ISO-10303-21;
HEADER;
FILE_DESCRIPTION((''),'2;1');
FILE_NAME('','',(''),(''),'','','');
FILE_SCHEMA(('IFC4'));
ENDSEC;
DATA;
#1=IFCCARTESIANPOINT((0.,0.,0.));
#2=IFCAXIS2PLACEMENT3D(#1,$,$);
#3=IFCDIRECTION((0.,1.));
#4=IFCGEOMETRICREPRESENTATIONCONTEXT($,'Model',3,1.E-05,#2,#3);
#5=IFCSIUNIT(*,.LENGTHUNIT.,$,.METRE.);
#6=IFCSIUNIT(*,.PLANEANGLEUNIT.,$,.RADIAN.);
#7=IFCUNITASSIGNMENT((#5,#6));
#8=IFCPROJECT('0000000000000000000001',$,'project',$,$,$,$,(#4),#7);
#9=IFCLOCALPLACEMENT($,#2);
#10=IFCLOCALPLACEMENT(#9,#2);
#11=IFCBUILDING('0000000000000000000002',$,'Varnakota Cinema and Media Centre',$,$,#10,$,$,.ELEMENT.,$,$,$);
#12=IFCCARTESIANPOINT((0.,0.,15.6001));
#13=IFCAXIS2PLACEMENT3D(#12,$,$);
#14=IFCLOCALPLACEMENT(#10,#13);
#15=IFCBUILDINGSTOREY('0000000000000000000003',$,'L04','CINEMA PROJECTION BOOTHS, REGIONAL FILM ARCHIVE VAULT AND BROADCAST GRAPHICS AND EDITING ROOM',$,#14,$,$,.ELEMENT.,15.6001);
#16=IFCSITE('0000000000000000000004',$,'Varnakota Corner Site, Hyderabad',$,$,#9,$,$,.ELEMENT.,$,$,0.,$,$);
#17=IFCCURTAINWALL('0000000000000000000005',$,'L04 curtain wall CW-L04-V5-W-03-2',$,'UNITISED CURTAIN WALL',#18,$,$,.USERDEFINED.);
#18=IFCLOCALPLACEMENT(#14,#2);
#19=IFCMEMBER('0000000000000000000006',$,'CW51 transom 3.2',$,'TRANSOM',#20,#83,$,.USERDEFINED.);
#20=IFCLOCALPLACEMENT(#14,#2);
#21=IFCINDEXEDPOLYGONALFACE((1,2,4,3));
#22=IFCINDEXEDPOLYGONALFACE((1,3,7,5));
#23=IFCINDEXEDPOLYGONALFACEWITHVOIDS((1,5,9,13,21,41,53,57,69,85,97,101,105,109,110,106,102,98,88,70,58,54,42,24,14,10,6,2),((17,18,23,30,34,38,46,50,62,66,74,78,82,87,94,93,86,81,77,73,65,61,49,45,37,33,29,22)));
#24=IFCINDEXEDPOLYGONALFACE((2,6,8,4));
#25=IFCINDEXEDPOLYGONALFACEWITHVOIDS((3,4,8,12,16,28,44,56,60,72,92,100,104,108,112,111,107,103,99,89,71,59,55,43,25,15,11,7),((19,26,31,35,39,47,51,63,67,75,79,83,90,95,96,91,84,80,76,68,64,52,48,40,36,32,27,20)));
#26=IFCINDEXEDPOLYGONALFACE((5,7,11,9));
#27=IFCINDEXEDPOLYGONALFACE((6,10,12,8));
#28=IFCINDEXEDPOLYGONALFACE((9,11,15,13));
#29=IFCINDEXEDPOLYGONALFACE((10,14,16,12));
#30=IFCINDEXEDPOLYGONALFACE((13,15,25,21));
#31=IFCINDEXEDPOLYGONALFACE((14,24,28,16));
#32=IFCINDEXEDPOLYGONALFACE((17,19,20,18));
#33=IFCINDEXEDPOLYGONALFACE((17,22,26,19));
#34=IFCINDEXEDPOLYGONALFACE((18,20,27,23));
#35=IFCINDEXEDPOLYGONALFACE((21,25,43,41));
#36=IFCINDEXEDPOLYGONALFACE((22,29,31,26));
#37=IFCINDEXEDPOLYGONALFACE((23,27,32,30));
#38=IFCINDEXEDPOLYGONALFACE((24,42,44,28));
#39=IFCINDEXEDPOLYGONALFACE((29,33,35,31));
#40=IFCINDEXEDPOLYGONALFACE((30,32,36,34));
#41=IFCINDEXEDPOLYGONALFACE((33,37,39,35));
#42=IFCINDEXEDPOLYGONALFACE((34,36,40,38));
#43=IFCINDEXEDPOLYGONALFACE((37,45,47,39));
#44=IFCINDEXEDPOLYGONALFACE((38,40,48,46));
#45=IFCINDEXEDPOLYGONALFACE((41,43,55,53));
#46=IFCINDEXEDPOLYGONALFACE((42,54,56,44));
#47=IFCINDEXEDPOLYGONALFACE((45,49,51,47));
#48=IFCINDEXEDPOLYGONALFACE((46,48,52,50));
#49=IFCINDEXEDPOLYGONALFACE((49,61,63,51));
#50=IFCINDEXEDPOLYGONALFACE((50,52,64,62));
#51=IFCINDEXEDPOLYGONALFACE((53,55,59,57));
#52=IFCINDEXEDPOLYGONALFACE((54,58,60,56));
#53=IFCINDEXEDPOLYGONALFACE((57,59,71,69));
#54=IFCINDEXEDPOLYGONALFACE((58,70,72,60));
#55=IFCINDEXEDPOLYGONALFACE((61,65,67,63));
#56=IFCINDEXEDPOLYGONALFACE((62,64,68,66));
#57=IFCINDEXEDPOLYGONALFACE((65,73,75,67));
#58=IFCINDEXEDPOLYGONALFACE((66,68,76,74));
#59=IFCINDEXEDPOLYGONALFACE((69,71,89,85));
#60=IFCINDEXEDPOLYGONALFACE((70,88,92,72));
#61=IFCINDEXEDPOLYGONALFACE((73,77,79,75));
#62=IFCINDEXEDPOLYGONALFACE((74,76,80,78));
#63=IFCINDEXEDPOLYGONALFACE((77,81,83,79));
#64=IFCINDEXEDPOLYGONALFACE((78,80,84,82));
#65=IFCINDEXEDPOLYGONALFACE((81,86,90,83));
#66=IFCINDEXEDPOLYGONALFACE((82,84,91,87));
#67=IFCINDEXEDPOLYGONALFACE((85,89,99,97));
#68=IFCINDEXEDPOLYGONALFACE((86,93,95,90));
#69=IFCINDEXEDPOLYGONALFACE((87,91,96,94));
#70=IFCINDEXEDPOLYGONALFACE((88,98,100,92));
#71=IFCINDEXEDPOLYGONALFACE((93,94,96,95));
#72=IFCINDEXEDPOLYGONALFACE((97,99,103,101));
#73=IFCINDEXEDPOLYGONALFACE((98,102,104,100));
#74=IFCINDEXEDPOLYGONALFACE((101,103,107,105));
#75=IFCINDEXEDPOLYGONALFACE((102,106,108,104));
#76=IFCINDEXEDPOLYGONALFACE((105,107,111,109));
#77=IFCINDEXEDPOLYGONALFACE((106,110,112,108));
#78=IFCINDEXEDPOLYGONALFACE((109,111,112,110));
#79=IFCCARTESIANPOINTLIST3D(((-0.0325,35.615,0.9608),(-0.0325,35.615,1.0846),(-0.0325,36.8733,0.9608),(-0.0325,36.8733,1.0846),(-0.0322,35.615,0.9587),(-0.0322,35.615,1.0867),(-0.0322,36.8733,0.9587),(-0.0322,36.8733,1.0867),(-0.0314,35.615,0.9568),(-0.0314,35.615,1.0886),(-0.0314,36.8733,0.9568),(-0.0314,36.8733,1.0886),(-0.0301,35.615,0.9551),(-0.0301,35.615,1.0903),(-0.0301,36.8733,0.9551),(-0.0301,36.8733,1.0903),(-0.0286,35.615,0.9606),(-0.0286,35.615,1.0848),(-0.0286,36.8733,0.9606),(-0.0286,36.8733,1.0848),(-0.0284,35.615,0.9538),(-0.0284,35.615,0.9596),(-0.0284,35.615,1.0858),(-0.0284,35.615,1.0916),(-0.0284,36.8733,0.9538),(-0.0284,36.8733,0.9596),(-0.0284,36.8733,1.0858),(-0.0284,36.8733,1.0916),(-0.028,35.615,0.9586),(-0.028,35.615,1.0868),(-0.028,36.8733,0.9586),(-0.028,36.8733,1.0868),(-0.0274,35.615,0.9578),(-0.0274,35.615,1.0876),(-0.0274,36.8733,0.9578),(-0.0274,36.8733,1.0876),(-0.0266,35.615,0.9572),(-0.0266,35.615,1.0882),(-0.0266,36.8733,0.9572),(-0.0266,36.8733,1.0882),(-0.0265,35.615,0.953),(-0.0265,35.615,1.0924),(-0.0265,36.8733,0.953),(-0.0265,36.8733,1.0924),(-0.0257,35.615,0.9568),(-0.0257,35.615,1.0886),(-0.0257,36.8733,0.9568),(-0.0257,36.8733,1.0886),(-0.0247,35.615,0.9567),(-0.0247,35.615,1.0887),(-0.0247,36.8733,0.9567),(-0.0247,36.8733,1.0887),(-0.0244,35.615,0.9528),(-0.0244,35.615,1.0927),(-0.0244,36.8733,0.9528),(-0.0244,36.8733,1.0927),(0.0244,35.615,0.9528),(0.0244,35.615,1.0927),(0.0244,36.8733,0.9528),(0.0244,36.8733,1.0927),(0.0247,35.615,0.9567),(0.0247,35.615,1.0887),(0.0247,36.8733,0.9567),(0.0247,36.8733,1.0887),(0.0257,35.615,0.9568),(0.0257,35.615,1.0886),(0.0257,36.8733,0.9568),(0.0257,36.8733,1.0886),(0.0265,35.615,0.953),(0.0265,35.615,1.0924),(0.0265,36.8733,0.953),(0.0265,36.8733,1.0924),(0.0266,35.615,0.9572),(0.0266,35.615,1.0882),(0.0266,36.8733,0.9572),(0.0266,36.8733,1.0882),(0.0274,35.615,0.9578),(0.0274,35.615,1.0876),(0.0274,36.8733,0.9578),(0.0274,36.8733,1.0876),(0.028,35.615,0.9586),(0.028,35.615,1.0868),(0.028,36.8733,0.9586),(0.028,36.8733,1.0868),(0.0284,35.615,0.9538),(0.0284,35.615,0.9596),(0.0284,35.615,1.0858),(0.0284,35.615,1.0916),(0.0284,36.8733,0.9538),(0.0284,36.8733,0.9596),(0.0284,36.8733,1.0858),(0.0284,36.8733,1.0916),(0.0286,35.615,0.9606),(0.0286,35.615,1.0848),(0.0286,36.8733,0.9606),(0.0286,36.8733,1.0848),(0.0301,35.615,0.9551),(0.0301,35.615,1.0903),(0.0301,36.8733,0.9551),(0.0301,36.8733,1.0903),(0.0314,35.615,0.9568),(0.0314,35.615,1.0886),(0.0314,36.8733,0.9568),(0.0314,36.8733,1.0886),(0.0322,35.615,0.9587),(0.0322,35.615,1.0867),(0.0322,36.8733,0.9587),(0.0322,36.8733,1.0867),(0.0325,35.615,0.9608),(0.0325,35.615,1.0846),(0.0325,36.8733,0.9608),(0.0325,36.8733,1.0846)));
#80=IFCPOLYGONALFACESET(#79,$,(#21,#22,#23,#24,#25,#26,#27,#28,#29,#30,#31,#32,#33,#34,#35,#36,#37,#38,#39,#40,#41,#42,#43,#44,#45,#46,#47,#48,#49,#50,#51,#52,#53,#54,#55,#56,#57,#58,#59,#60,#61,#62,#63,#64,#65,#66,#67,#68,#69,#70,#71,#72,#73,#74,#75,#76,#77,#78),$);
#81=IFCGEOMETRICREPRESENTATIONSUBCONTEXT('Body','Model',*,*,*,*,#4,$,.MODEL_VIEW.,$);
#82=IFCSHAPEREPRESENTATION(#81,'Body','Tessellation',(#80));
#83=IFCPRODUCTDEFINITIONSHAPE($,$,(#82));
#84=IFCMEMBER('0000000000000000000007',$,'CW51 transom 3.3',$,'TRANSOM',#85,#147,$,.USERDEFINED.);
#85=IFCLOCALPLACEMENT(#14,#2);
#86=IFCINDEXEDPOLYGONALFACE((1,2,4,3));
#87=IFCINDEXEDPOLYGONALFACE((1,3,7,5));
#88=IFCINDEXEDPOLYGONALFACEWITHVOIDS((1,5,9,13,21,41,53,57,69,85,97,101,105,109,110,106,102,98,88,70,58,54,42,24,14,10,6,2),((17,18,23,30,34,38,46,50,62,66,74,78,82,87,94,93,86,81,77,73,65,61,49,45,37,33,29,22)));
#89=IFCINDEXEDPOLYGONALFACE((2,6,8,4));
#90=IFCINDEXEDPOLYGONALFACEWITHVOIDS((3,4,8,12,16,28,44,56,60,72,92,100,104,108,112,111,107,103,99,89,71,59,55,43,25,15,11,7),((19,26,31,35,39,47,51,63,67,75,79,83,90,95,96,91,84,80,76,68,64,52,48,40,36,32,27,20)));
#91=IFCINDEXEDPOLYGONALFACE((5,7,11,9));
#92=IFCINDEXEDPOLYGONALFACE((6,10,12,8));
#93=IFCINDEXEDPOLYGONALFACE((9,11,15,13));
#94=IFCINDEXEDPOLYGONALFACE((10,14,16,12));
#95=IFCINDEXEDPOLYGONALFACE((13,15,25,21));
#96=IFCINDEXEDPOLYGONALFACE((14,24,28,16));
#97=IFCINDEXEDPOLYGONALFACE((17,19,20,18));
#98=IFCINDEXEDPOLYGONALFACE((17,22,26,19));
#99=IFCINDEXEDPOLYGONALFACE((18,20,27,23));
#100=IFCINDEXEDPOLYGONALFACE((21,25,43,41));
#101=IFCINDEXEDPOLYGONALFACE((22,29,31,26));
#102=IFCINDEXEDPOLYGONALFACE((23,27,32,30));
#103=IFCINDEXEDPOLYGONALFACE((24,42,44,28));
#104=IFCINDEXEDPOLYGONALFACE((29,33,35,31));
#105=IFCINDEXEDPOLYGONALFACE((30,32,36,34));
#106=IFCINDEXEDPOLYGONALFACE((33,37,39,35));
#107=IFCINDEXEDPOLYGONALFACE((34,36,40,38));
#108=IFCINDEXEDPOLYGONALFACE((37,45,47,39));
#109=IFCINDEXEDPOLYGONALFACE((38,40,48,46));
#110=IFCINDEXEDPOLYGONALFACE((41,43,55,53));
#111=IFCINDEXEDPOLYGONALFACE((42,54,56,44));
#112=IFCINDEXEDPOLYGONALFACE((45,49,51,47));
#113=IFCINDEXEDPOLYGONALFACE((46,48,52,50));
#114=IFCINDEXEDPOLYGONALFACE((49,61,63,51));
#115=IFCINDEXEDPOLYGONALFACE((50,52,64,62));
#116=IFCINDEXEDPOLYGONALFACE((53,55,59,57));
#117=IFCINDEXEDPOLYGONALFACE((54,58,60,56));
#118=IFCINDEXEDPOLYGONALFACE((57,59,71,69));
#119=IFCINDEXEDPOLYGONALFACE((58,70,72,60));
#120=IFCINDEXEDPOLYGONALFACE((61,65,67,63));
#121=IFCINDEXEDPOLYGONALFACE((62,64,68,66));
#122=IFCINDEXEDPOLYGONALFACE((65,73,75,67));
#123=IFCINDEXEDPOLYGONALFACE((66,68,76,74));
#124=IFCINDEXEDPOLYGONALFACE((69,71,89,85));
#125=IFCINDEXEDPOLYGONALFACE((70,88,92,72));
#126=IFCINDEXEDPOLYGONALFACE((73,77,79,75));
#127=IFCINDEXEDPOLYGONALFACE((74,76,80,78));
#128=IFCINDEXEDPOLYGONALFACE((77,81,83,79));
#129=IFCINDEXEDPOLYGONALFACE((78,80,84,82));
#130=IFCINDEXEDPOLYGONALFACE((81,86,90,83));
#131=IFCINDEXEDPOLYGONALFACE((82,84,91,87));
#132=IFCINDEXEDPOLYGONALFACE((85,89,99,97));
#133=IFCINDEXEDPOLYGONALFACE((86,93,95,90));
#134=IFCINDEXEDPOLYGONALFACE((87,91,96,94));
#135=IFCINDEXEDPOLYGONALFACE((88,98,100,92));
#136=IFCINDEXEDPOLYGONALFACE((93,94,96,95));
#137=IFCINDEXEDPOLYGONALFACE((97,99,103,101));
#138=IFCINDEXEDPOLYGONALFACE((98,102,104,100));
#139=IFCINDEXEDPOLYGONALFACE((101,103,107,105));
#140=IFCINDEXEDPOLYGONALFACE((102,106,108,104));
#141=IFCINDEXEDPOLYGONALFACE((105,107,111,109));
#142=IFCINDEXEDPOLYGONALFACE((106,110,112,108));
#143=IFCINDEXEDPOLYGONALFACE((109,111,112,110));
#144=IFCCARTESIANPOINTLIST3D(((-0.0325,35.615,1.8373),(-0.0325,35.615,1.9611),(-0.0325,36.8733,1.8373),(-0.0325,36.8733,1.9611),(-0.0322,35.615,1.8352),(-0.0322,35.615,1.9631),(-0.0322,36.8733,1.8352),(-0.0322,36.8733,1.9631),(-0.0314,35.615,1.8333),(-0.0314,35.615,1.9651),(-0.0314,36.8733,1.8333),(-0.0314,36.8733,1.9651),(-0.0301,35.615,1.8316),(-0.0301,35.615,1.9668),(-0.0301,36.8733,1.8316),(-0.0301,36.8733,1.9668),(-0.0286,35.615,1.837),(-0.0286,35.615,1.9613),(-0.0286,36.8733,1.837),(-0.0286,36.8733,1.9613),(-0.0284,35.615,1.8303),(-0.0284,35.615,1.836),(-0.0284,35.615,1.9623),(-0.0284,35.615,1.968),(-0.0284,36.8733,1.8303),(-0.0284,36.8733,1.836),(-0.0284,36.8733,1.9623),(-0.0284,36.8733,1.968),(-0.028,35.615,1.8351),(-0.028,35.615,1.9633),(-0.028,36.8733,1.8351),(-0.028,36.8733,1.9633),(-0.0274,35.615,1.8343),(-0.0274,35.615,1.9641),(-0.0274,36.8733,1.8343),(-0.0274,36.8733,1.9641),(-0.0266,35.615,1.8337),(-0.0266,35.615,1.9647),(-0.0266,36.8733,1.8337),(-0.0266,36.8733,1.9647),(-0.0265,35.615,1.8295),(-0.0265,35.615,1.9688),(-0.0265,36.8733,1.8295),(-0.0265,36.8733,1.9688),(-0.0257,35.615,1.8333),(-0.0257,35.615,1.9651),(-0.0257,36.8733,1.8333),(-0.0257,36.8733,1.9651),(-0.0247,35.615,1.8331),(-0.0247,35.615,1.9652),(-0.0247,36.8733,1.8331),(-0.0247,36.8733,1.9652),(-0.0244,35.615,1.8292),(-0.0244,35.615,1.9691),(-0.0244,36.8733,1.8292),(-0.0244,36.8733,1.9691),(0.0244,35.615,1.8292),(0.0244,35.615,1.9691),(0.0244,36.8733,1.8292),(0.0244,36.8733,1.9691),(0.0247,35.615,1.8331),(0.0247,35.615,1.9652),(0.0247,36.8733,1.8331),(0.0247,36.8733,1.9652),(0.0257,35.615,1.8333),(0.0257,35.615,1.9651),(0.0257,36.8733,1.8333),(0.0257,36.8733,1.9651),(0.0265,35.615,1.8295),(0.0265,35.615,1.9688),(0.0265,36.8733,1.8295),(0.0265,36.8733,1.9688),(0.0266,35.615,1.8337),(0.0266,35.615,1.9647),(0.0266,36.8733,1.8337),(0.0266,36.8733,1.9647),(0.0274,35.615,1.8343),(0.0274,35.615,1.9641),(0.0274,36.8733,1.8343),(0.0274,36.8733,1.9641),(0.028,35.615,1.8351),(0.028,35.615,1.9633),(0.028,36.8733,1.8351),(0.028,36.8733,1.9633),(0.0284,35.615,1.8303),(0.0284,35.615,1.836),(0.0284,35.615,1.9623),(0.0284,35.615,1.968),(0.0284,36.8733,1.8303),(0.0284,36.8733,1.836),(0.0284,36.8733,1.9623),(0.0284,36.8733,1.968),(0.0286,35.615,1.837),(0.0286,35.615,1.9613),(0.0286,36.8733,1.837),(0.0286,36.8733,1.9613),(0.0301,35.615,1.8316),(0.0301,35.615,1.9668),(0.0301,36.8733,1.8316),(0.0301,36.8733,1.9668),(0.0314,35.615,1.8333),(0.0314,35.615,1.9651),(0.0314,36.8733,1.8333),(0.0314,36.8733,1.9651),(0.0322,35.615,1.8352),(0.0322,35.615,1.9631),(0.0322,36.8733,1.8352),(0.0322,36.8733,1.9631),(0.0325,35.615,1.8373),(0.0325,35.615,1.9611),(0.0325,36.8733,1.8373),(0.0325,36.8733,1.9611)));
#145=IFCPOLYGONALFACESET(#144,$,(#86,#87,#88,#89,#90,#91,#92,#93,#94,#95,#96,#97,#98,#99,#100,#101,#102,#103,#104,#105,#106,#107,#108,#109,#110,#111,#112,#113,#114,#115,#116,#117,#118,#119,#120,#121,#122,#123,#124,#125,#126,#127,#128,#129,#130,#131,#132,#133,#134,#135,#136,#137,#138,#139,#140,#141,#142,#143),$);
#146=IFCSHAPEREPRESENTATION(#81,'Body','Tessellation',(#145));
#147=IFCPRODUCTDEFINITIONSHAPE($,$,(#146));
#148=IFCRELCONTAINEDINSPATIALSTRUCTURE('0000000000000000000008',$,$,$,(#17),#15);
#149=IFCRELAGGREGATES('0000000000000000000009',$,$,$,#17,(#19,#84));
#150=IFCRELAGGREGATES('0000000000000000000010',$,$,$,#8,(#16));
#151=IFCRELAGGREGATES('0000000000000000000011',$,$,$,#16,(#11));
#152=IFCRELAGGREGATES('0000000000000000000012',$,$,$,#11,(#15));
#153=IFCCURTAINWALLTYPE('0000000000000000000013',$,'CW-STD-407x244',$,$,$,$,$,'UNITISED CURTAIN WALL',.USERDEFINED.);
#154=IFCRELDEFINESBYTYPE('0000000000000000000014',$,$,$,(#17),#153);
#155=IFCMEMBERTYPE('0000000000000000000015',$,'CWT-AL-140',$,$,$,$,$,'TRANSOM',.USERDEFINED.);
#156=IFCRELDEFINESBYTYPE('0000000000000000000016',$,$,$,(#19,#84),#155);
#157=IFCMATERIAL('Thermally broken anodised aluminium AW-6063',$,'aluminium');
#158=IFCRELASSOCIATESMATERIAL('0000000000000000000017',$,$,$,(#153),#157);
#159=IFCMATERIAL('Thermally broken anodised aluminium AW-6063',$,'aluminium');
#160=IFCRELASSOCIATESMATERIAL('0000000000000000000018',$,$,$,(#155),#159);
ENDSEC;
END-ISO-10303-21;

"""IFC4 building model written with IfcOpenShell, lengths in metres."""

from ifc_helpers import new_model, si_unit, direction, frame, origin, origin_2d, place, context, subcontext, project, spatial, hollow_rectangle, extrude, material, material_profile, profile_set, type_object, element, aggregate, save


model = new_model("IFC4")

# Units and contexts
model_context = context("Model", 3, precision=1e-05, world=origin(), true_north=direction((0.0, 1.0)))
body_context = subcontext(model_context, "Body", "Model", "MODEL_VIEW")
ifc_project = project(units=[si_unit("LENGTHUNIT", "METRE"), si_unit("PLANEANGLEUNIT", "RADIAN")], contexts=[model_context])

# Site, building, storey
site_placement = place(None, origin())
site = spatial("IfcSite", under=ifc_project, at=site_placement, Name="Varnakota Corner Site, Hyderabad", CompositionType="ELEMENT", RefElevation=0.0)
building_placement = place(site_placement, origin())
building = spatial("IfcBuilding", under=site, at=building_placement, Name="Varnakota Cinema and Media Centre", CompositionType="ELEMENT")
storey_placement = place(building_placement, frame((0.0, 0.0, 15.6001)))
storey = spatial("IfcBuildingStorey", under=building, at=storey_placement, Name="L04", Description="CINEMA PROJECTION BOOTHS, REGIONAL FILM ARCHIVE VAULT AND BROADCAST GRAPHICS AND EDITING ROOM", CompositionType="ELEMENT", Elevation=15.6001)

# Shared definitions
ifc_material_1 = material(Name="Thermally broken anodised aluminium AW-6063", Category="aluminium")
curtain_wall_type = type_object("IfcCurtainWallType", Name="CW-STD-407x244", ElementType="UNITISED CURTAIN WALL", PredefinedType="USERDEFINED", material=ifc_material_1)

# Curtain wall, members
curtain_wall_1_placement = place(storey_placement, origin())
curtain_wall_1 = element("IfcCurtainWall", 1, at=curtain_wall_1_placement, inside=storey, type_object=curtain_wall_type, Name="L04 curtain wall CW-L04-V5-W-03-2", ObjectType="UNITISED CURTAIN WALL", PredefinedType="USERDEFINED")
ifc_material_2 = material(Name="Thermally broken anodised aluminium AW-6063", Category="aluminium")
ifc_material_profile_1 = material_profile(ifc_material_2, hollow_rectangle(XDim=0.0649, YDim=0.1399, WallThickness=0.0039, InnerFilletRadius=0.0039, OuterFilletRadius=0.0081, at=origin_2d()), Name="AL-TRANSOM 140x65x4")
ifc_profile_set_1 = profile_set([ifc_material_profile_1], Name="Thermally broken anodised aluminium AW-6063")
member_type_1 = type_object("IfcMemberType", Name="CWT-AL-140", ElementType="TRANSOM", PredefinedType="USERDEFINED", material=ifc_profile_set_1)
member_1_placement = place(storey_placement, frame((0.0, 36.8733, 1.0227), z_axis=(0.0, -1.0, 0.0), x_axis=(1.0, 0.0, 0.0)))
member_1 = element("IfcMember", 2, at=member_1_placement, type_object=member_type_1, Name="CW51 transom 3.2", ObjectType="TRANSOM", PredefinedType="USERDEFINED", context=body_context, shape_type="SweptSolid", body=[
    extrude(hollow_rectangle(XDim=0.0649, YDim=0.1399, WallThickness=0.0039, InnerFilletRadius=0.0039, OuterFilletRadius=0.0081, at=origin_2d()), origin(), (0.0, 0.0, 1.0), 1.2583),
])
member_2_placement = place(storey_placement, frame((0.0, 36.8733, 1.8992), z_axis=(0.0, -1.0, 0.0), x_axis=(1.0, 0.0, 0.0)))
member_2 = element("IfcMember", 3, at=member_2_placement, type_object=member_type_1, Name="CW51 transom 3.3", ObjectType="TRANSOM", PredefinedType="USERDEFINED", context=body_context, shape_type="SweptSolid", body=[
    extrude(hollow_rectangle(XDim=0.0649, YDim=0.1399, WallThickness=0.0039, InnerFilletRadius=0.0039, OuterFilletRadius=0.0081, at=origin_2d()), origin(), (0.0, 0.0, 1.0), 1.2583),
])

aggregate(curtain_wall_1, [member_1, member_2])

save(model, "model.ifc")
